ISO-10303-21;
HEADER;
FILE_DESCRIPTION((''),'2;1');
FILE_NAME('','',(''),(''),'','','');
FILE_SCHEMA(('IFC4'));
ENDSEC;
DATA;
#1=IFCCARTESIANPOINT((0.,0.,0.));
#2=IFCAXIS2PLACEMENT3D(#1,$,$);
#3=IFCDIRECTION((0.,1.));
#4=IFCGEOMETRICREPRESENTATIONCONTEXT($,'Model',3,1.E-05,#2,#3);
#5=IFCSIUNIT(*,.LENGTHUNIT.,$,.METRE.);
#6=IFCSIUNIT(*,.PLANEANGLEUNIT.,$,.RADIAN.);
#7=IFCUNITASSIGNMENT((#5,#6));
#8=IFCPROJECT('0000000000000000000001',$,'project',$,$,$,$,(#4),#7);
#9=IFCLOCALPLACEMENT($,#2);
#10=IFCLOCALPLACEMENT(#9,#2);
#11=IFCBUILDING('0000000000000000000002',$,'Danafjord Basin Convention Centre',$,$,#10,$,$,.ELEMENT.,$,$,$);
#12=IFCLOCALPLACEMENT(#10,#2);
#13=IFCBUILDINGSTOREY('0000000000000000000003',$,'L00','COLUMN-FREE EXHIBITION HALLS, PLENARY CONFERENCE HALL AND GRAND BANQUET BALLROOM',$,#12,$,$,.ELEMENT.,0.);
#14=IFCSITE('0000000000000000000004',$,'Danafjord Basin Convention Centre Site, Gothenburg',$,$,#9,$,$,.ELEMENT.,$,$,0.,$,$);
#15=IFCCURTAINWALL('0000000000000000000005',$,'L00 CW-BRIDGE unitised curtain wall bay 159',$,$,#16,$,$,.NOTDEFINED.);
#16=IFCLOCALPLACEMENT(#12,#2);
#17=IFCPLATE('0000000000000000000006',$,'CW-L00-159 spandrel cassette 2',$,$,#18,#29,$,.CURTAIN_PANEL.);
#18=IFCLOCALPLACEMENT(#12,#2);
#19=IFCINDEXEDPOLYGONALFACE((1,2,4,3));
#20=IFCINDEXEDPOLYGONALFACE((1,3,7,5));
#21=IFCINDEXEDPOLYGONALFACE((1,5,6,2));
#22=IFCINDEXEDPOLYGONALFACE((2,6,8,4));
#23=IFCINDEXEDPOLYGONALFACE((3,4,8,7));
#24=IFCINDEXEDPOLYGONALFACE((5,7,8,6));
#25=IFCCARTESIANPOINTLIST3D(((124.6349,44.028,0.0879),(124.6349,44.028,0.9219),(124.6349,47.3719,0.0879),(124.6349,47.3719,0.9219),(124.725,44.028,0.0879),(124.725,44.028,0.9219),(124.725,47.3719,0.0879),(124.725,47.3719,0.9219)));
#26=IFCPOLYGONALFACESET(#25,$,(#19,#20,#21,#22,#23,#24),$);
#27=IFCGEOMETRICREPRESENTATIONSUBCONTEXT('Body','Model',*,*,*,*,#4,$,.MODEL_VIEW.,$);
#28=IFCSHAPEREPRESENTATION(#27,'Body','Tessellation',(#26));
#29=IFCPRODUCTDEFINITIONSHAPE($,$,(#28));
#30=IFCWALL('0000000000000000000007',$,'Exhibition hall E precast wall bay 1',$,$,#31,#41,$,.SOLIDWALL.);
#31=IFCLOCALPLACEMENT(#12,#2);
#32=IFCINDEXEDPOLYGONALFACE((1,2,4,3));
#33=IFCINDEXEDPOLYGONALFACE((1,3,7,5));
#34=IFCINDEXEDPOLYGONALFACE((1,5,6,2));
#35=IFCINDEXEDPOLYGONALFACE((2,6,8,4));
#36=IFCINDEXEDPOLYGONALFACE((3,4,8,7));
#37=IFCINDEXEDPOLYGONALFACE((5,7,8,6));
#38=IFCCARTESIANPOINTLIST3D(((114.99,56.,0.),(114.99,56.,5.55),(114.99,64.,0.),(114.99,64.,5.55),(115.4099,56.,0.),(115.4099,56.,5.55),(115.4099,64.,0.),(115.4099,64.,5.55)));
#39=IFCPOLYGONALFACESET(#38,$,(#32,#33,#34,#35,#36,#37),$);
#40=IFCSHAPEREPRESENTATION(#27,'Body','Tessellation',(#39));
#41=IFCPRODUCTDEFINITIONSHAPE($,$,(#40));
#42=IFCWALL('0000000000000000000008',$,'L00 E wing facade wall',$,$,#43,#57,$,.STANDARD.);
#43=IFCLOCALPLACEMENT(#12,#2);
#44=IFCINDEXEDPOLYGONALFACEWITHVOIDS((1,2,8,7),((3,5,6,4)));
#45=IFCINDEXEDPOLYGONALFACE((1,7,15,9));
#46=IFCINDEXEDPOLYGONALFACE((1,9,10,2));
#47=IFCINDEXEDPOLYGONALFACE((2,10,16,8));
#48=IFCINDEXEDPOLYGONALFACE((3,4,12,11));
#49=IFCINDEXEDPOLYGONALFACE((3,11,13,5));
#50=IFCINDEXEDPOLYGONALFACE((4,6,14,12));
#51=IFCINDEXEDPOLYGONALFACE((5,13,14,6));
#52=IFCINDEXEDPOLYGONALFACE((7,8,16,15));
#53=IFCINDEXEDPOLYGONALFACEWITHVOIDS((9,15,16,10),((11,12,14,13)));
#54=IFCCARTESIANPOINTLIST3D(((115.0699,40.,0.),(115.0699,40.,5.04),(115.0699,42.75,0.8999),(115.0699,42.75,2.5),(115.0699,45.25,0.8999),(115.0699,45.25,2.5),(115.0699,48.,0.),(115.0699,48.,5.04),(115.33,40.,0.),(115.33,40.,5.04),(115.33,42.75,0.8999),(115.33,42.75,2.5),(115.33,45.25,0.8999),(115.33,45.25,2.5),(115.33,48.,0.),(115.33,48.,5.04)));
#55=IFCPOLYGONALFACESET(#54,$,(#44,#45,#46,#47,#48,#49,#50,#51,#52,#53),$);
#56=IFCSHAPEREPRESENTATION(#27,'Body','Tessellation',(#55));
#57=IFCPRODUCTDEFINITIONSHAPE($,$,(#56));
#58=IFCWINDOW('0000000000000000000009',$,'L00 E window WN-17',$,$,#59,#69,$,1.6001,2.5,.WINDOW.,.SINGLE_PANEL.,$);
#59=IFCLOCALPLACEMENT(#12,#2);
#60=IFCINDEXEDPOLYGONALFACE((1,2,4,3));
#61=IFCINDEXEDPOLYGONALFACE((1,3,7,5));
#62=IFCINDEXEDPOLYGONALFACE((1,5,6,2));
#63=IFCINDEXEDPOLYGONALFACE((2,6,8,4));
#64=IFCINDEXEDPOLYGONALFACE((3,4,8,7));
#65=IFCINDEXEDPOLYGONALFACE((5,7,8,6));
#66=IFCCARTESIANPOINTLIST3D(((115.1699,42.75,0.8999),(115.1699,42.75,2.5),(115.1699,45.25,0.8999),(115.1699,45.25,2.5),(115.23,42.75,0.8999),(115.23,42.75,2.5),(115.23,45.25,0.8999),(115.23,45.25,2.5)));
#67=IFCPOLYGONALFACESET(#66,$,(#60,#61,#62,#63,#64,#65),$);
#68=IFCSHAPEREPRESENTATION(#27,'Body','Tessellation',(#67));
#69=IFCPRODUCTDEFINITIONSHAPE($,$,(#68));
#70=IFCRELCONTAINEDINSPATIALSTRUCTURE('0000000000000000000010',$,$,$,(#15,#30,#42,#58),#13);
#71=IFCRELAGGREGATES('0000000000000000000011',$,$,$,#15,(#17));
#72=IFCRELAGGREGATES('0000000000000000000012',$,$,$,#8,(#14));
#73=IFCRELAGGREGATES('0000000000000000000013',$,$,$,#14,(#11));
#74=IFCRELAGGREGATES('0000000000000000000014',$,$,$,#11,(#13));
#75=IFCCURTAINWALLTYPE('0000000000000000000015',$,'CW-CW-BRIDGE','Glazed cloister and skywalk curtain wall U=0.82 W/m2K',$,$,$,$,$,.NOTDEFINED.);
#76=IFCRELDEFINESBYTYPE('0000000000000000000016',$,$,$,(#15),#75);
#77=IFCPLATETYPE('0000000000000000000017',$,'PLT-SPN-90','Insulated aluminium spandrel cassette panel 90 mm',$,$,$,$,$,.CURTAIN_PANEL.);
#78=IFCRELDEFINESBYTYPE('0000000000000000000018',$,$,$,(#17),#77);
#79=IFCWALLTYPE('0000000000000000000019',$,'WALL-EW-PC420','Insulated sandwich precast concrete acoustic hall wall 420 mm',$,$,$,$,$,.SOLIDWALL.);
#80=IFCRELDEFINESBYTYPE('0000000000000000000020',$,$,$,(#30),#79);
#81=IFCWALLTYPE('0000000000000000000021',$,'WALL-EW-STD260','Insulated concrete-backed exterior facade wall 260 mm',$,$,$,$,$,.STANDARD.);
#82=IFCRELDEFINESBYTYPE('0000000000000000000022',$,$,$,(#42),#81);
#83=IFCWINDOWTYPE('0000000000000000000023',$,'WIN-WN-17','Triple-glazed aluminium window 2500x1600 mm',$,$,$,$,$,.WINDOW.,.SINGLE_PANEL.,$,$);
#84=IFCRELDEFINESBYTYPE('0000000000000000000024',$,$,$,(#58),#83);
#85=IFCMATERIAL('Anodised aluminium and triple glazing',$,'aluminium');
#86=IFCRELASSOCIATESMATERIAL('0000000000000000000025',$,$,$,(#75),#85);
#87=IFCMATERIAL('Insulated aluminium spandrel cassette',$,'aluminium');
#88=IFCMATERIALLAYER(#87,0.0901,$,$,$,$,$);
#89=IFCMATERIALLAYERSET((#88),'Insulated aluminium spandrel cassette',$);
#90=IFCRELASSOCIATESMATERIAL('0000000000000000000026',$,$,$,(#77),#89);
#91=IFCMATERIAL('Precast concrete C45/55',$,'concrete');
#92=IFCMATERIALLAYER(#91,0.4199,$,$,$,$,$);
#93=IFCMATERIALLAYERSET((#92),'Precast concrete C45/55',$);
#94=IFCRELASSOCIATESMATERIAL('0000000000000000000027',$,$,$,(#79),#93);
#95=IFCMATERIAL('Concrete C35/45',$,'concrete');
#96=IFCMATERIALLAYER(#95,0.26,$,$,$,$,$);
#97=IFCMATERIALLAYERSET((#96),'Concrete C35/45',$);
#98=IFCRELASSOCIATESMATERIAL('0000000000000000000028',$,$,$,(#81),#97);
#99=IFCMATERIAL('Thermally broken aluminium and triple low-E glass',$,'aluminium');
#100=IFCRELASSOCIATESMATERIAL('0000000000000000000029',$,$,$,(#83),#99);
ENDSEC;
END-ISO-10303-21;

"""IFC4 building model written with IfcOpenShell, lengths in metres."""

from ifc_helpers import new_model, si_unit, direction, frame, frame_2d, origin, origin_2d, place, context, subcontext, project, spatial, rectangle, extrude, material, layer, layer_set, type_object, element, fill, aggregate, save


model = new_model("IFC4")

# Units and contexts
model_context = context("Model", 3, precision=1e-05, world=origin(), true_north=direction((0.0, 1.0)))
body_context = subcontext(model_context, "Body", "Model", "MODEL_VIEW")
ifc_project = project(units=[si_unit("LENGTHUNIT", "METRE"), si_unit("PLANEANGLEUNIT", "RADIAN")], contexts=[model_context])

# Site, building, storey
site_placement = place(None, origin())
site = spatial("IfcSite", under=ifc_project, at=site_placement, Name="Danafjord Basin Convention Centre Site, Gothenburg", CompositionType="ELEMENT", RefElevation=0.0)
building_placement = place(site_placement, origin())
building = spatial("IfcBuilding", under=site, at=building_placement, Name="Danafjord Basin Convention Centre", CompositionType="ELEMENT")
storey_placement = place(building_placement, origin())
storey = spatial("IfcBuildingStorey", under=building, at=storey_placement, Name="L00", Description="COLUMN-FREE EXHIBITION HALLS, PLENARY CONFERENCE HALL AND GRAND BANQUET BALLROOM", CompositionType="ELEMENT", Elevation=0.0)

# Shared definitions
ifc_material_1 = material(Name="Anodised aluminium and triple glazing", Category="aluminium")

# Shared definitions
curtain_wall_type_1 = type_object("IfcCurtainWallType", Name="CW-CW-BRIDGE", Description="Glazed cloister and skywalk curtain wall U=0.82 W/m2K", PredefinedType="NOTDEFINED", material=ifc_material_1)

# Curtain wall
curtain_wall_1_placement = place(storey_placement, origin())
curtain_wall_1 = element("IfcCurtainWall", 1, at=curtain_wall_1_placement, inside=storey, type_object=curtain_wall_type_1, Name="L00 CW-BRIDGE unitised curtain wall bay 159", PredefinedType="NOTDEFINED")

# Plate
ifc_material_2 = material(Name="Insulated aluminium spandrel cassette", Category="aluminium")
ifc_layer_1 = layer(ifc_material_2, 0.0901)
ifc_layer_set_1 = layer_set([ifc_layer_1], Name="Insulated aluminium spandrel cassette")
plate_type_1 = type_object("IfcPlateType", Name="PLT-SPN-90", Description="Insulated aluminium spandrel cassette panel 90 mm", PredefinedType="CURTAIN_PANEL", material=ifc_layer_set_1)
plate_1_placement = place(storey_placement, frame((124.6799, 45.7, 0.0879), z_axis=(0.0, 0.0, 1.0), x_axis=(0.0, 1.0, 0.0)))
plate_1 = element("IfcPlate", 2, at=plate_1_placement, type_object=plate_type_1, Name="CW-L00-159 spandrel cassette 2", PredefinedType="CURTAIN_PANEL", context=body_context, shape_type="SweptSolid", body=[
    extrude(rectangle(XDim=3.344, YDim=0.0901, at=origin_2d()), origin(), (0.0, 0.0, 1.0), 0.834),
])
aggregate(curtain_wall_1, [plate_1])

# Wall
ifc_material_3 = material(Name="Precast concrete C45/55", Category="concrete")
ifc_layer_2 = layer(ifc_material_3, 0.4199)
ifc_layer_set_2 = layer_set([ifc_layer_2], Name="Precast concrete C45/55")
wall_type_1 = type_object("IfcWallType", Name="WALL-EW-PC420", Description="Insulated sandwich precast concrete acoustic hall wall 420 mm", PredefinedType="SOLIDWALL", material=ifc_layer_set_2)
wall_1_placement = place(storey_placement, frame((115.2, 56.0, 0.0), z_axis=(0.0, 0.0, 1.0), x_axis=(0.0, 1.0, 0.0)))
element("IfcWall", 3, at=wall_1_placement, inside=storey, type_object=wall_type_1, Name="Exhibition hall E precast wall bay 1", PredefinedType="SOLIDWALL", context=body_context, shape_type="SweptSolid", body=[
    extrude(rectangle(XDim=8.0, YDim=0.4199, at=frame_2d((4.0, 0.0))), origin(), (0.0, 0.0, 1.0), 5.55),
])

# Wall, opening, window
ifc_material_4 = material(Name="Concrete C35/45", Category="concrete")
ifc_layer_3 = layer(ifc_material_4, 0.26)
ifc_layer_set_3 = layer_set([ifc_layer_3], Name="Concrete C35/45")
wall_type_2 = type_object("IfcWallType", Name="WALL-EW-STD260", Description="Insulated concrete-backed exterior facade wall 260 mm", PredefinedType="STANDARD", material=ifc_layer_set_3)
wall_2_placement = place(storey_placement, frame((115.2, 40.0, 0.0), z_axis=(0.0, 0.0, 1.0), x_axis=(0.0, 1.0, 0.0)))
wall_2 = element("IfcWall", 4, at=wall_2_placement, inside=storey, type_object=wall_type_2, Name="L00 E wing facade wall", PredefinedType="STANDARD", context=body_context, shape_type="SweptSolid", body=[
    extrude(rectangle(XDim=8.0, YDim=0.26, at=frame_2d((4.0, 0.0))), origin(), (0.0, 0.0, 1.0), 5.04),
])
opening_placement = place(wall_2_placement, frame((2.75, 0.0, 0.8999)))
opening = element("IfcOpeningElement", 5, at=opening_placement, cuts=wall_2, PredefinedType="OPENING", context=body_context, shape_type="SweptSolid", body=[
    extrude(rectangle(XDim=2.5, YDim=1.6001, at=frame_2d((1.25, 0.8))), frame((0.0, 0.1399, 0.0), z_axis=(0.0, -1.0, 0.0), x_axis=(1.0, 0.0, 0.0)), (0.0, 0.0, 1.0), 0.28),
])
ifc_material_5 = material(Name="Thermally broken aluminium and triple low-E glass", Category="aluminium")
window_type = type_object("IfcWindowType", Name="WIN-WN-17", Description="Triple-glazed aluminium window 2500x1600 mm", PartitioningType="SINGLE_PANEL", PredefinedType="WINDOW", material=ifc_material_5)
window_placement = place(opening_placement, origin())
window = element("IfcWindow", 6, at=window_placement, inside=storey, type_object=window_type, Name="L00 E window WN-17", OverallHeight=1.6001, OverallWidth=2.5, PartitioningType="SINGLE_PANEL", PredefinedType="WINDOW", context=body_context, shape_type="SweptSolid", body=[
    extrude(rectangle(XDim=2.5, YDim=1.6001, at=frame_2d((1.25, 0.8))), frame((0.0, 0.03, 0.0), z_axis=(0.0, -1.0, 0.0), x_axis=(1.0, 0.0, 0.0)), (0.0, 0.0, 1.0), 0.0601),
])
fill(opening, window)

save(model, "model.ifc")
